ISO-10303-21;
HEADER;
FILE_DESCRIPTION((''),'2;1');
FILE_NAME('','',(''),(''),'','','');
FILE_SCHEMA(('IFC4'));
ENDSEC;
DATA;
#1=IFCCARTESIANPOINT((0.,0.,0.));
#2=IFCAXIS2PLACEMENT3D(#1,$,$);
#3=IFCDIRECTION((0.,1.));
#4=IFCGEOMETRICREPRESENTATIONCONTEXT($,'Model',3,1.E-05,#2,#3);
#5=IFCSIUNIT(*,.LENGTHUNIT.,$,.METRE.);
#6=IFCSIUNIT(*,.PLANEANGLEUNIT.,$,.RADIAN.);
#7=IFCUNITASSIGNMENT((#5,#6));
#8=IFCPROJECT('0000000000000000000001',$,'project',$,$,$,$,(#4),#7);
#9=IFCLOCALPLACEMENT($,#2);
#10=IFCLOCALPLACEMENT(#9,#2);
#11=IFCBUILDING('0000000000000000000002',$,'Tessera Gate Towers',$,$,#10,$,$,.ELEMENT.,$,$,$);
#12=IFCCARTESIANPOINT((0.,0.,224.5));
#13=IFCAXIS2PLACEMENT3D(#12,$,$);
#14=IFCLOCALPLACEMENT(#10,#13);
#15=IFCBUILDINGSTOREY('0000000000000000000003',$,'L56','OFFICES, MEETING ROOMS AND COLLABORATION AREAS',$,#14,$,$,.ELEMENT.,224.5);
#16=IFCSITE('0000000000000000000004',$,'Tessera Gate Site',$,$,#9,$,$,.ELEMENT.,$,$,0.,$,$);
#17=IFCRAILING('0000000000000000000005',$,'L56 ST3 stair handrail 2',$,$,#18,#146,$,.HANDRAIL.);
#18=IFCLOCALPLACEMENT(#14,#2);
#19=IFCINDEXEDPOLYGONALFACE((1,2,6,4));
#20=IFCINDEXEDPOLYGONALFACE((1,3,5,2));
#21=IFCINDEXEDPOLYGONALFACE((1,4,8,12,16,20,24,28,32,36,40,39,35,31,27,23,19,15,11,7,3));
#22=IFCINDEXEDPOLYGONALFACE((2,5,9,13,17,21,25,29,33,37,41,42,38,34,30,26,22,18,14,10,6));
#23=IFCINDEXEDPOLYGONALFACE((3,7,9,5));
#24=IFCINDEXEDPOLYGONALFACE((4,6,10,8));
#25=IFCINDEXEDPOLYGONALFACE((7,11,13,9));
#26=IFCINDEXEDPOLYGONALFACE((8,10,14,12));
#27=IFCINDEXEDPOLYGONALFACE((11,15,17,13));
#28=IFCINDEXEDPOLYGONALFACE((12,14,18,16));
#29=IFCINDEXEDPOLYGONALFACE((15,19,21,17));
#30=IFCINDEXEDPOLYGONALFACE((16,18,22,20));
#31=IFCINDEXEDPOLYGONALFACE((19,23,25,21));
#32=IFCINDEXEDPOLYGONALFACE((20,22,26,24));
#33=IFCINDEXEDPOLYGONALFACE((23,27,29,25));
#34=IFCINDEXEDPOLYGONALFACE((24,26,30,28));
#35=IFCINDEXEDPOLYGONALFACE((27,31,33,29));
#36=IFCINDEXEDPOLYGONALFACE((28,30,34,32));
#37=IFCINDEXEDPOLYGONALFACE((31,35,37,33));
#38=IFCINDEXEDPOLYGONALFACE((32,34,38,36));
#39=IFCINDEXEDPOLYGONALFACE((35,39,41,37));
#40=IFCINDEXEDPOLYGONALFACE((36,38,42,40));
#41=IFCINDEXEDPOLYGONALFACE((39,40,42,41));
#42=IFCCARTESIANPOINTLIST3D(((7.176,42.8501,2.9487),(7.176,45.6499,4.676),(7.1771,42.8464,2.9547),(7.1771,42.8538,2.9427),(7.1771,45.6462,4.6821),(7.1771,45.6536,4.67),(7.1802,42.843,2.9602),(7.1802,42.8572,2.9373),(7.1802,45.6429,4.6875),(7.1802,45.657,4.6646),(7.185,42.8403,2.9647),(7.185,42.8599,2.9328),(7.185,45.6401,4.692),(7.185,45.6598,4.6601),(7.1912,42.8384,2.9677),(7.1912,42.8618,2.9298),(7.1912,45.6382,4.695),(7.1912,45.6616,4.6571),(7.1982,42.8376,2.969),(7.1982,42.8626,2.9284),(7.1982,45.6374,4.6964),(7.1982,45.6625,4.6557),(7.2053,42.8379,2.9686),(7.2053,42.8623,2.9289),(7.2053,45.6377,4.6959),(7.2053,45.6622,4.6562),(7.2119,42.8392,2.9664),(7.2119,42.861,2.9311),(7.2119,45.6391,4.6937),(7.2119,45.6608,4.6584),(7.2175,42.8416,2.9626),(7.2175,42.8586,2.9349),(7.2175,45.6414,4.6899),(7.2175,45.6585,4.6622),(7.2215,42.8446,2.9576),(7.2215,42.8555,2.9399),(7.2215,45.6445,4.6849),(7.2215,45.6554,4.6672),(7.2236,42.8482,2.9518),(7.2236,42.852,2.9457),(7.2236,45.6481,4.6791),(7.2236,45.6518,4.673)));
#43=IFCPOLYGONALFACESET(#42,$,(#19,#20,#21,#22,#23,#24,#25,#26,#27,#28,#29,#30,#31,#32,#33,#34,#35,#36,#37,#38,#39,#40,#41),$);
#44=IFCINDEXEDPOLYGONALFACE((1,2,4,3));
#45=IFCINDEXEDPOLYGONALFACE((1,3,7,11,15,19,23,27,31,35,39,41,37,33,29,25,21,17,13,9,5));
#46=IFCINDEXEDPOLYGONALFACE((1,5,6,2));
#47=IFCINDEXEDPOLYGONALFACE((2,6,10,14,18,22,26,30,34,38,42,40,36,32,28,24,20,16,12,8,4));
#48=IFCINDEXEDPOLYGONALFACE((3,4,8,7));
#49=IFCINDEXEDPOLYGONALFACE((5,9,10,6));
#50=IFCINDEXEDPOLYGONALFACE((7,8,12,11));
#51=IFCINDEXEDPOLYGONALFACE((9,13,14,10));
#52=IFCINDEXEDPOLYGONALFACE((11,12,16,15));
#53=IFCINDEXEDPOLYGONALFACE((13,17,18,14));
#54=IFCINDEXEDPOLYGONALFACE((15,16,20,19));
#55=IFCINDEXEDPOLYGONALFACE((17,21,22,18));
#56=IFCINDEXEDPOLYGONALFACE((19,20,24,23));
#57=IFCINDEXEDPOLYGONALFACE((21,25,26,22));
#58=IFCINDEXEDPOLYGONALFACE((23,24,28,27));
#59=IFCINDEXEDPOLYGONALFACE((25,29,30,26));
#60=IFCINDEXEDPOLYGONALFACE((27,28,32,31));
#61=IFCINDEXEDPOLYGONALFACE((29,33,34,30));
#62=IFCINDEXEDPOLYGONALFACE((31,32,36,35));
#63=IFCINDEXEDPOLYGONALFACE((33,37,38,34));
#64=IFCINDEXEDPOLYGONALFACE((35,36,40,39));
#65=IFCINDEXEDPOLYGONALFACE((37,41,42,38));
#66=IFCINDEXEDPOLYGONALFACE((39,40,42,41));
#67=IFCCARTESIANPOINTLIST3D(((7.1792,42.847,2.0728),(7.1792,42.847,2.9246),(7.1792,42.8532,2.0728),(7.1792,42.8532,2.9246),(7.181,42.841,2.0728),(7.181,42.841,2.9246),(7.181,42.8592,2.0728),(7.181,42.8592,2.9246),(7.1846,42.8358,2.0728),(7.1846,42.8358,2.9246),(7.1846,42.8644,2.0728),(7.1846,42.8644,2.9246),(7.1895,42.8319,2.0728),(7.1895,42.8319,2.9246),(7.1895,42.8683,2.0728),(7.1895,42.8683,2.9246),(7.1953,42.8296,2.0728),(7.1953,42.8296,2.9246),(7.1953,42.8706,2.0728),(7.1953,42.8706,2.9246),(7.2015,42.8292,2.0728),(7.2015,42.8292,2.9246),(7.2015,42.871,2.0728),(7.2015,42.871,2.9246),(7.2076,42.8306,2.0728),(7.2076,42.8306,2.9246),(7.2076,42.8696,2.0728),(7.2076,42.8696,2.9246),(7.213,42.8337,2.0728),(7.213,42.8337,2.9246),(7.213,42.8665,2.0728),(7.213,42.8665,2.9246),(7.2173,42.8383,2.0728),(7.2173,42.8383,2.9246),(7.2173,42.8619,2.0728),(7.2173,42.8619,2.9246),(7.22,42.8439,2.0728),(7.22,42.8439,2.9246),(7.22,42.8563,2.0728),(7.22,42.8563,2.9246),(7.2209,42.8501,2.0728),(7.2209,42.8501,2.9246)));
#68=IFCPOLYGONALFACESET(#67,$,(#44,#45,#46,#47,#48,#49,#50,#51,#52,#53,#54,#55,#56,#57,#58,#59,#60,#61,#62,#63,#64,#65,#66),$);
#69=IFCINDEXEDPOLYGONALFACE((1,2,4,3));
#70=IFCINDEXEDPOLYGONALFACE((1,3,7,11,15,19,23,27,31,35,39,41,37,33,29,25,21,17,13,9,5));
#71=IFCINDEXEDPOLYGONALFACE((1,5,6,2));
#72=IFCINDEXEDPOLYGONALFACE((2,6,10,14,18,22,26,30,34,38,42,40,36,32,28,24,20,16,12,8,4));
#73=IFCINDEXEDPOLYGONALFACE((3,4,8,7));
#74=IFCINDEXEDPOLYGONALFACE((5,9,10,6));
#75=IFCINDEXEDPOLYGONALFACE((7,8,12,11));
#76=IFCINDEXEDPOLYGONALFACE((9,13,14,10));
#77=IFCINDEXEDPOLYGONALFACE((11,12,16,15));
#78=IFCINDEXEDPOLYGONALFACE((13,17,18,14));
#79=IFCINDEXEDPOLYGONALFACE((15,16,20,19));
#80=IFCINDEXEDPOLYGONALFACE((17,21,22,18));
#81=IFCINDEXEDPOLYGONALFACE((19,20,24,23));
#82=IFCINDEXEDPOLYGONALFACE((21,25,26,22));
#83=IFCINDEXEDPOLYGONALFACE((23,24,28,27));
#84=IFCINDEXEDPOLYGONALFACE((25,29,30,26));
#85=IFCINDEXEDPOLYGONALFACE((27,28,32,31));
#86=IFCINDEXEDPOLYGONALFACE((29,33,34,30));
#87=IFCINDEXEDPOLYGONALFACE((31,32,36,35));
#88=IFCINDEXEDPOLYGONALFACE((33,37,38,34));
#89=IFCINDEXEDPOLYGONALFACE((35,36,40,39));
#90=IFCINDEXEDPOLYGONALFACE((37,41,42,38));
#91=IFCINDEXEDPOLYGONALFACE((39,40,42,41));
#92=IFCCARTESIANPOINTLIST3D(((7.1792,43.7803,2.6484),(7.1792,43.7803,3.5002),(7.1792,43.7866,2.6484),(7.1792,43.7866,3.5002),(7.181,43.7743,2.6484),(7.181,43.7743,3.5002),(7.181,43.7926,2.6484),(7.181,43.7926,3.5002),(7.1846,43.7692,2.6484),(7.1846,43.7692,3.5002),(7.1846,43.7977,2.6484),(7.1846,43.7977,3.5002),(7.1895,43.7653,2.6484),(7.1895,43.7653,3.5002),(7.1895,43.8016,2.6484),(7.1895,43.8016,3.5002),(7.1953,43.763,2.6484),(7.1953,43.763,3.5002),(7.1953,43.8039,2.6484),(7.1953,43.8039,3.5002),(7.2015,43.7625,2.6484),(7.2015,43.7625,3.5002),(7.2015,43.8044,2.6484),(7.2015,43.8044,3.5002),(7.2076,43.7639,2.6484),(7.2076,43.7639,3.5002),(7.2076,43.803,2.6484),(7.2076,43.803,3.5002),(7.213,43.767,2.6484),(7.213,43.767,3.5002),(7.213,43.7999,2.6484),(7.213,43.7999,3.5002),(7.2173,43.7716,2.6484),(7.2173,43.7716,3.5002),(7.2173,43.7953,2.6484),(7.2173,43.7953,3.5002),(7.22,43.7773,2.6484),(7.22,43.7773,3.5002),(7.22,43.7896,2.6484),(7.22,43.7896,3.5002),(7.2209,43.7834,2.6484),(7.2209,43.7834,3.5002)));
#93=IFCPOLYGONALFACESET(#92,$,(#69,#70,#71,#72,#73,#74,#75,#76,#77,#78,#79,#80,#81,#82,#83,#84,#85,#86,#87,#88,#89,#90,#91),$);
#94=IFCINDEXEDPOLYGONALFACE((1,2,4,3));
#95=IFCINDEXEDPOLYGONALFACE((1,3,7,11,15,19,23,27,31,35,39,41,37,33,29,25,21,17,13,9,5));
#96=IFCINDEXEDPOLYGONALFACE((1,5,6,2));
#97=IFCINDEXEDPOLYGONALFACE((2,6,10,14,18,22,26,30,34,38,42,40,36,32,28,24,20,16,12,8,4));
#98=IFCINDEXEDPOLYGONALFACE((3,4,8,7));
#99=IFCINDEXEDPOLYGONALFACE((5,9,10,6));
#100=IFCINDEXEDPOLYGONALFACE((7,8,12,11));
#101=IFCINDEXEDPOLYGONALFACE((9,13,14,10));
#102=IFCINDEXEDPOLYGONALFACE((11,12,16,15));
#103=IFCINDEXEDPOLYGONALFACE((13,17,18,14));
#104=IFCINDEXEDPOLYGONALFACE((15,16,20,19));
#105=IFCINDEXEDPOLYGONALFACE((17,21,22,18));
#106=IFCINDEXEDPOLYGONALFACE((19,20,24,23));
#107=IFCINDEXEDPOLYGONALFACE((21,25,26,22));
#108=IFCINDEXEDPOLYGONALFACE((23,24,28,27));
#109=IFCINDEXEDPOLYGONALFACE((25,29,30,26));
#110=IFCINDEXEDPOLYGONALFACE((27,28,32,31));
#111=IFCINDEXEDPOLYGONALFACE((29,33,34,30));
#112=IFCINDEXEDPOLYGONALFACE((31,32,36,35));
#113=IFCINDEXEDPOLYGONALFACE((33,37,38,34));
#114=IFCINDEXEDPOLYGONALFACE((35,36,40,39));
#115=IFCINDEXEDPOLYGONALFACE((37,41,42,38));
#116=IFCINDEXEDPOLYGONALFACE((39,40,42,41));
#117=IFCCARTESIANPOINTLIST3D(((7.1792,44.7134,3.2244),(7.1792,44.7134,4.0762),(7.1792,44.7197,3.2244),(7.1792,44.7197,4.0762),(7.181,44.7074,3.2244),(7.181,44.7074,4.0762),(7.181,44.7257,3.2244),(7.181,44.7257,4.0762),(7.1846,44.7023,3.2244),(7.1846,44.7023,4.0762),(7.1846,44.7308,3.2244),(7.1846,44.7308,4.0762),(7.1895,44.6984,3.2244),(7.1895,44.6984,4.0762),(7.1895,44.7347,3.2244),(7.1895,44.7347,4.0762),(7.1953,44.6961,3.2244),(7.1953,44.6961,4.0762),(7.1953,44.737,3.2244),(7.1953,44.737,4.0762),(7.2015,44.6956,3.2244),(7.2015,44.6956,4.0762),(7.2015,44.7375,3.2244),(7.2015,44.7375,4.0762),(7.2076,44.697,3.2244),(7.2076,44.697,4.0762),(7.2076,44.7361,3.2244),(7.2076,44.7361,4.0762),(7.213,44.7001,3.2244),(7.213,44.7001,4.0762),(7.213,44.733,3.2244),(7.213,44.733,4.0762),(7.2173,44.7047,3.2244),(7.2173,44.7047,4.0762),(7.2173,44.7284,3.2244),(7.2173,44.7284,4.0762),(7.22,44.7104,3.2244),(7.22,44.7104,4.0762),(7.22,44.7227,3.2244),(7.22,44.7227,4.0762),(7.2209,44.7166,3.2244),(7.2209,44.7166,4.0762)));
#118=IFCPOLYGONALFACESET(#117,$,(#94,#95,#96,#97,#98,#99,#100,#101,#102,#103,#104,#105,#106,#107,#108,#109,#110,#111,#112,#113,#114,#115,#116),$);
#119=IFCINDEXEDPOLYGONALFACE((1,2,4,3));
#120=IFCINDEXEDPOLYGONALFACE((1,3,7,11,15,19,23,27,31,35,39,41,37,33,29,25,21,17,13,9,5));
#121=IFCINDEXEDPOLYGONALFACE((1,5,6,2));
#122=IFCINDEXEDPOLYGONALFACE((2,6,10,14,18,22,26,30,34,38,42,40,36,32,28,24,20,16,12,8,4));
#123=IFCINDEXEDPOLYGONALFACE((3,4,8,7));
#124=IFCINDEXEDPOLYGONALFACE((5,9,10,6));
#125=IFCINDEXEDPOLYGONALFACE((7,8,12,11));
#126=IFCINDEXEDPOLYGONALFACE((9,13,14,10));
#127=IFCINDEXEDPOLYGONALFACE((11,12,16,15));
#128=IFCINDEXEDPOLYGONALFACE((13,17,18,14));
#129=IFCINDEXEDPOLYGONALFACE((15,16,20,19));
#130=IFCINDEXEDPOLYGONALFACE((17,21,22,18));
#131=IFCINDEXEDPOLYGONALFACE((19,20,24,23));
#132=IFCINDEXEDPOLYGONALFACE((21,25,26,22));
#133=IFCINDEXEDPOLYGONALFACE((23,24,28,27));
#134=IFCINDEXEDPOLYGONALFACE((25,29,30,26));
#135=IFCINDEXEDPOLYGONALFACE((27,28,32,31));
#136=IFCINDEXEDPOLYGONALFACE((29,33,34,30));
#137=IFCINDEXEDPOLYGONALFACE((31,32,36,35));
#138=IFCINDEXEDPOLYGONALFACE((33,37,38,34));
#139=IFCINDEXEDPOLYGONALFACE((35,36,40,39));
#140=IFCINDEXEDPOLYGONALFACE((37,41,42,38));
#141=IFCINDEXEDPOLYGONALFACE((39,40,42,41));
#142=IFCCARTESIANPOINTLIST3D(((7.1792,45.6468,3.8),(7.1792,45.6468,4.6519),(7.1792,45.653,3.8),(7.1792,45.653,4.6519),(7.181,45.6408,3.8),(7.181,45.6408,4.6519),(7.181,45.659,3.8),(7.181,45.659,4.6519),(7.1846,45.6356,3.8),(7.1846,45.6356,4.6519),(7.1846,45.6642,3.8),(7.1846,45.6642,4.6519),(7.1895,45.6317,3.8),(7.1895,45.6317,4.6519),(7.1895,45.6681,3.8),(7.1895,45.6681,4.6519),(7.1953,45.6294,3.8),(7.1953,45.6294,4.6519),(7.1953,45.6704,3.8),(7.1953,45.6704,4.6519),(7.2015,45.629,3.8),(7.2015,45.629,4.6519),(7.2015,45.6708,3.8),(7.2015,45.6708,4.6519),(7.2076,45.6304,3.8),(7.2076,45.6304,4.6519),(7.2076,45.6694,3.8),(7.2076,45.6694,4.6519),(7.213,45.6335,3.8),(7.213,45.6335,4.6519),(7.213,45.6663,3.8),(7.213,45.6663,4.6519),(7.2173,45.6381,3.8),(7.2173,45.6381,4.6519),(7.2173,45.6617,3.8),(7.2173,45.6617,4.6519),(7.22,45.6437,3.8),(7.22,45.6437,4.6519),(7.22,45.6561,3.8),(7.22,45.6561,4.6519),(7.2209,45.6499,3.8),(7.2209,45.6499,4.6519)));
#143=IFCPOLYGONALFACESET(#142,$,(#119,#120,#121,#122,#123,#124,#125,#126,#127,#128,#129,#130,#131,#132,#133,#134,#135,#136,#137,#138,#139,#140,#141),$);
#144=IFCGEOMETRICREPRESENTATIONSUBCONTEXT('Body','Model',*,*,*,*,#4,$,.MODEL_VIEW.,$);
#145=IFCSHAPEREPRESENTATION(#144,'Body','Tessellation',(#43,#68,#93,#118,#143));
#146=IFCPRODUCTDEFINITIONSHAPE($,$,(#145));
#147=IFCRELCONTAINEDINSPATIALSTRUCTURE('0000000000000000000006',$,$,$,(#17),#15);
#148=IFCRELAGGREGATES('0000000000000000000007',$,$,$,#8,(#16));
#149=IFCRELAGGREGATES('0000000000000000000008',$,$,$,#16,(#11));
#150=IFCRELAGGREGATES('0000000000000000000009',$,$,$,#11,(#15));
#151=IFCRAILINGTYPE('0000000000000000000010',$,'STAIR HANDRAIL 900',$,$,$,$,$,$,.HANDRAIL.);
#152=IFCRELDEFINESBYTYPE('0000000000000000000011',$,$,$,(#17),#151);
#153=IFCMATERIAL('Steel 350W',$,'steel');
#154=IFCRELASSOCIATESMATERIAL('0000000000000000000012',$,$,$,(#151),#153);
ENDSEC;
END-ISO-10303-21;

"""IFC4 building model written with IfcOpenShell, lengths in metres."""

from ifc_helpers import new_model, si_unit, direction, frame, origin, origin_2d, place, context, subcontext, project, spatial, circle, extrude, material, type_object, element, save


model = new_model("IFC4")

# Units and contexts
model_context = context("Model", 3, precision=1e-05, world=origin(), true_north=direction((0.0, 1.0)))
body_context = subcontext(model_context, "Body", "Model", "MODEL_VIEW")
ifc_project = project(units=[si_unit("LENGTHUNIT", "METRE"), si_unit("PLANEANGLEUNIT", "RADIAN")], contexts=[model_context])

# Site, building, storey
site_placement = place(None, origin())
site = spatial("IfcSite", under=ifc_project, at=site_placement, Name="Tessera Gate Site", CompositionType="ELEMENT", RefElevation=0.0)
building_placement = place(site_placement, origin())
building = spatial("IfcBuilding", under=site, at=building_placement, Name="Tessera Gate Towers", CompositionType="ELEMENT")
storey_placement = place(building_placement, frame((0.0, 0.0, 224.5)))
storey = spatial("IfcBuildingStorey", under=building, at=storey_placement, Name="L56", Description="OFFICES, MEETING ROOMS AND COLLABORATION AREAS", CompositionType="ELEMENT", Elevation=224.5)

# Railing
ifc_material_1 = material(Name="Steel 350W", Category="steel")
railing_type_1 = type_object("IfcRailingType", Name="STAIR HANDRAIL 900", PredefinedType="HANDRAIL", material=ifc_material_1)
railing_1_placement = place(storey_placement, frame((7.2, 42.8501, 2.0728)))
element("IfcRailing", 1, at=railing_1_placement, inside=storey, type_object=railing_type_1, Name="L56 ST3 stair handrail 2", PredefinedType="HANDRAIL", context=body_context, shape_type="SweptSolid", body=[
    extrude(circle(Radius=0.0239, at=origin_2d()), frame((0.0, 0.0, 0.876), z_axis=(0.0, 0.851069, 0.525054), x_axis=(-1.0, 0.0, 0.0)), (0.0, 0.0, 1.0), 3.2898),
    extrude(circle(Radius=0.021, at=origin_2d()), origin(), (0.0, 0.0, 1.0), 0.8518),
    extrude(circle(Radius=0.021, at=origin_2d()), frame((0.0, 0.9333, 0.5757)), (0.0, 0.0, 1.0), 0.8518),
    extrude(circle(Radius=0.021, at=origin_2d()), frame((0.0, 1.8665, 1.1516)), (0.0, 0.0, 1.0), 0.8518),
    extrude(circle(Radius=0.021, at=origin_2d()), frame((0.0, 2.7998, 1.7273)), (0.0, 0.0, 1.0), 0.8518),
])

save(model, "model.ifc")
